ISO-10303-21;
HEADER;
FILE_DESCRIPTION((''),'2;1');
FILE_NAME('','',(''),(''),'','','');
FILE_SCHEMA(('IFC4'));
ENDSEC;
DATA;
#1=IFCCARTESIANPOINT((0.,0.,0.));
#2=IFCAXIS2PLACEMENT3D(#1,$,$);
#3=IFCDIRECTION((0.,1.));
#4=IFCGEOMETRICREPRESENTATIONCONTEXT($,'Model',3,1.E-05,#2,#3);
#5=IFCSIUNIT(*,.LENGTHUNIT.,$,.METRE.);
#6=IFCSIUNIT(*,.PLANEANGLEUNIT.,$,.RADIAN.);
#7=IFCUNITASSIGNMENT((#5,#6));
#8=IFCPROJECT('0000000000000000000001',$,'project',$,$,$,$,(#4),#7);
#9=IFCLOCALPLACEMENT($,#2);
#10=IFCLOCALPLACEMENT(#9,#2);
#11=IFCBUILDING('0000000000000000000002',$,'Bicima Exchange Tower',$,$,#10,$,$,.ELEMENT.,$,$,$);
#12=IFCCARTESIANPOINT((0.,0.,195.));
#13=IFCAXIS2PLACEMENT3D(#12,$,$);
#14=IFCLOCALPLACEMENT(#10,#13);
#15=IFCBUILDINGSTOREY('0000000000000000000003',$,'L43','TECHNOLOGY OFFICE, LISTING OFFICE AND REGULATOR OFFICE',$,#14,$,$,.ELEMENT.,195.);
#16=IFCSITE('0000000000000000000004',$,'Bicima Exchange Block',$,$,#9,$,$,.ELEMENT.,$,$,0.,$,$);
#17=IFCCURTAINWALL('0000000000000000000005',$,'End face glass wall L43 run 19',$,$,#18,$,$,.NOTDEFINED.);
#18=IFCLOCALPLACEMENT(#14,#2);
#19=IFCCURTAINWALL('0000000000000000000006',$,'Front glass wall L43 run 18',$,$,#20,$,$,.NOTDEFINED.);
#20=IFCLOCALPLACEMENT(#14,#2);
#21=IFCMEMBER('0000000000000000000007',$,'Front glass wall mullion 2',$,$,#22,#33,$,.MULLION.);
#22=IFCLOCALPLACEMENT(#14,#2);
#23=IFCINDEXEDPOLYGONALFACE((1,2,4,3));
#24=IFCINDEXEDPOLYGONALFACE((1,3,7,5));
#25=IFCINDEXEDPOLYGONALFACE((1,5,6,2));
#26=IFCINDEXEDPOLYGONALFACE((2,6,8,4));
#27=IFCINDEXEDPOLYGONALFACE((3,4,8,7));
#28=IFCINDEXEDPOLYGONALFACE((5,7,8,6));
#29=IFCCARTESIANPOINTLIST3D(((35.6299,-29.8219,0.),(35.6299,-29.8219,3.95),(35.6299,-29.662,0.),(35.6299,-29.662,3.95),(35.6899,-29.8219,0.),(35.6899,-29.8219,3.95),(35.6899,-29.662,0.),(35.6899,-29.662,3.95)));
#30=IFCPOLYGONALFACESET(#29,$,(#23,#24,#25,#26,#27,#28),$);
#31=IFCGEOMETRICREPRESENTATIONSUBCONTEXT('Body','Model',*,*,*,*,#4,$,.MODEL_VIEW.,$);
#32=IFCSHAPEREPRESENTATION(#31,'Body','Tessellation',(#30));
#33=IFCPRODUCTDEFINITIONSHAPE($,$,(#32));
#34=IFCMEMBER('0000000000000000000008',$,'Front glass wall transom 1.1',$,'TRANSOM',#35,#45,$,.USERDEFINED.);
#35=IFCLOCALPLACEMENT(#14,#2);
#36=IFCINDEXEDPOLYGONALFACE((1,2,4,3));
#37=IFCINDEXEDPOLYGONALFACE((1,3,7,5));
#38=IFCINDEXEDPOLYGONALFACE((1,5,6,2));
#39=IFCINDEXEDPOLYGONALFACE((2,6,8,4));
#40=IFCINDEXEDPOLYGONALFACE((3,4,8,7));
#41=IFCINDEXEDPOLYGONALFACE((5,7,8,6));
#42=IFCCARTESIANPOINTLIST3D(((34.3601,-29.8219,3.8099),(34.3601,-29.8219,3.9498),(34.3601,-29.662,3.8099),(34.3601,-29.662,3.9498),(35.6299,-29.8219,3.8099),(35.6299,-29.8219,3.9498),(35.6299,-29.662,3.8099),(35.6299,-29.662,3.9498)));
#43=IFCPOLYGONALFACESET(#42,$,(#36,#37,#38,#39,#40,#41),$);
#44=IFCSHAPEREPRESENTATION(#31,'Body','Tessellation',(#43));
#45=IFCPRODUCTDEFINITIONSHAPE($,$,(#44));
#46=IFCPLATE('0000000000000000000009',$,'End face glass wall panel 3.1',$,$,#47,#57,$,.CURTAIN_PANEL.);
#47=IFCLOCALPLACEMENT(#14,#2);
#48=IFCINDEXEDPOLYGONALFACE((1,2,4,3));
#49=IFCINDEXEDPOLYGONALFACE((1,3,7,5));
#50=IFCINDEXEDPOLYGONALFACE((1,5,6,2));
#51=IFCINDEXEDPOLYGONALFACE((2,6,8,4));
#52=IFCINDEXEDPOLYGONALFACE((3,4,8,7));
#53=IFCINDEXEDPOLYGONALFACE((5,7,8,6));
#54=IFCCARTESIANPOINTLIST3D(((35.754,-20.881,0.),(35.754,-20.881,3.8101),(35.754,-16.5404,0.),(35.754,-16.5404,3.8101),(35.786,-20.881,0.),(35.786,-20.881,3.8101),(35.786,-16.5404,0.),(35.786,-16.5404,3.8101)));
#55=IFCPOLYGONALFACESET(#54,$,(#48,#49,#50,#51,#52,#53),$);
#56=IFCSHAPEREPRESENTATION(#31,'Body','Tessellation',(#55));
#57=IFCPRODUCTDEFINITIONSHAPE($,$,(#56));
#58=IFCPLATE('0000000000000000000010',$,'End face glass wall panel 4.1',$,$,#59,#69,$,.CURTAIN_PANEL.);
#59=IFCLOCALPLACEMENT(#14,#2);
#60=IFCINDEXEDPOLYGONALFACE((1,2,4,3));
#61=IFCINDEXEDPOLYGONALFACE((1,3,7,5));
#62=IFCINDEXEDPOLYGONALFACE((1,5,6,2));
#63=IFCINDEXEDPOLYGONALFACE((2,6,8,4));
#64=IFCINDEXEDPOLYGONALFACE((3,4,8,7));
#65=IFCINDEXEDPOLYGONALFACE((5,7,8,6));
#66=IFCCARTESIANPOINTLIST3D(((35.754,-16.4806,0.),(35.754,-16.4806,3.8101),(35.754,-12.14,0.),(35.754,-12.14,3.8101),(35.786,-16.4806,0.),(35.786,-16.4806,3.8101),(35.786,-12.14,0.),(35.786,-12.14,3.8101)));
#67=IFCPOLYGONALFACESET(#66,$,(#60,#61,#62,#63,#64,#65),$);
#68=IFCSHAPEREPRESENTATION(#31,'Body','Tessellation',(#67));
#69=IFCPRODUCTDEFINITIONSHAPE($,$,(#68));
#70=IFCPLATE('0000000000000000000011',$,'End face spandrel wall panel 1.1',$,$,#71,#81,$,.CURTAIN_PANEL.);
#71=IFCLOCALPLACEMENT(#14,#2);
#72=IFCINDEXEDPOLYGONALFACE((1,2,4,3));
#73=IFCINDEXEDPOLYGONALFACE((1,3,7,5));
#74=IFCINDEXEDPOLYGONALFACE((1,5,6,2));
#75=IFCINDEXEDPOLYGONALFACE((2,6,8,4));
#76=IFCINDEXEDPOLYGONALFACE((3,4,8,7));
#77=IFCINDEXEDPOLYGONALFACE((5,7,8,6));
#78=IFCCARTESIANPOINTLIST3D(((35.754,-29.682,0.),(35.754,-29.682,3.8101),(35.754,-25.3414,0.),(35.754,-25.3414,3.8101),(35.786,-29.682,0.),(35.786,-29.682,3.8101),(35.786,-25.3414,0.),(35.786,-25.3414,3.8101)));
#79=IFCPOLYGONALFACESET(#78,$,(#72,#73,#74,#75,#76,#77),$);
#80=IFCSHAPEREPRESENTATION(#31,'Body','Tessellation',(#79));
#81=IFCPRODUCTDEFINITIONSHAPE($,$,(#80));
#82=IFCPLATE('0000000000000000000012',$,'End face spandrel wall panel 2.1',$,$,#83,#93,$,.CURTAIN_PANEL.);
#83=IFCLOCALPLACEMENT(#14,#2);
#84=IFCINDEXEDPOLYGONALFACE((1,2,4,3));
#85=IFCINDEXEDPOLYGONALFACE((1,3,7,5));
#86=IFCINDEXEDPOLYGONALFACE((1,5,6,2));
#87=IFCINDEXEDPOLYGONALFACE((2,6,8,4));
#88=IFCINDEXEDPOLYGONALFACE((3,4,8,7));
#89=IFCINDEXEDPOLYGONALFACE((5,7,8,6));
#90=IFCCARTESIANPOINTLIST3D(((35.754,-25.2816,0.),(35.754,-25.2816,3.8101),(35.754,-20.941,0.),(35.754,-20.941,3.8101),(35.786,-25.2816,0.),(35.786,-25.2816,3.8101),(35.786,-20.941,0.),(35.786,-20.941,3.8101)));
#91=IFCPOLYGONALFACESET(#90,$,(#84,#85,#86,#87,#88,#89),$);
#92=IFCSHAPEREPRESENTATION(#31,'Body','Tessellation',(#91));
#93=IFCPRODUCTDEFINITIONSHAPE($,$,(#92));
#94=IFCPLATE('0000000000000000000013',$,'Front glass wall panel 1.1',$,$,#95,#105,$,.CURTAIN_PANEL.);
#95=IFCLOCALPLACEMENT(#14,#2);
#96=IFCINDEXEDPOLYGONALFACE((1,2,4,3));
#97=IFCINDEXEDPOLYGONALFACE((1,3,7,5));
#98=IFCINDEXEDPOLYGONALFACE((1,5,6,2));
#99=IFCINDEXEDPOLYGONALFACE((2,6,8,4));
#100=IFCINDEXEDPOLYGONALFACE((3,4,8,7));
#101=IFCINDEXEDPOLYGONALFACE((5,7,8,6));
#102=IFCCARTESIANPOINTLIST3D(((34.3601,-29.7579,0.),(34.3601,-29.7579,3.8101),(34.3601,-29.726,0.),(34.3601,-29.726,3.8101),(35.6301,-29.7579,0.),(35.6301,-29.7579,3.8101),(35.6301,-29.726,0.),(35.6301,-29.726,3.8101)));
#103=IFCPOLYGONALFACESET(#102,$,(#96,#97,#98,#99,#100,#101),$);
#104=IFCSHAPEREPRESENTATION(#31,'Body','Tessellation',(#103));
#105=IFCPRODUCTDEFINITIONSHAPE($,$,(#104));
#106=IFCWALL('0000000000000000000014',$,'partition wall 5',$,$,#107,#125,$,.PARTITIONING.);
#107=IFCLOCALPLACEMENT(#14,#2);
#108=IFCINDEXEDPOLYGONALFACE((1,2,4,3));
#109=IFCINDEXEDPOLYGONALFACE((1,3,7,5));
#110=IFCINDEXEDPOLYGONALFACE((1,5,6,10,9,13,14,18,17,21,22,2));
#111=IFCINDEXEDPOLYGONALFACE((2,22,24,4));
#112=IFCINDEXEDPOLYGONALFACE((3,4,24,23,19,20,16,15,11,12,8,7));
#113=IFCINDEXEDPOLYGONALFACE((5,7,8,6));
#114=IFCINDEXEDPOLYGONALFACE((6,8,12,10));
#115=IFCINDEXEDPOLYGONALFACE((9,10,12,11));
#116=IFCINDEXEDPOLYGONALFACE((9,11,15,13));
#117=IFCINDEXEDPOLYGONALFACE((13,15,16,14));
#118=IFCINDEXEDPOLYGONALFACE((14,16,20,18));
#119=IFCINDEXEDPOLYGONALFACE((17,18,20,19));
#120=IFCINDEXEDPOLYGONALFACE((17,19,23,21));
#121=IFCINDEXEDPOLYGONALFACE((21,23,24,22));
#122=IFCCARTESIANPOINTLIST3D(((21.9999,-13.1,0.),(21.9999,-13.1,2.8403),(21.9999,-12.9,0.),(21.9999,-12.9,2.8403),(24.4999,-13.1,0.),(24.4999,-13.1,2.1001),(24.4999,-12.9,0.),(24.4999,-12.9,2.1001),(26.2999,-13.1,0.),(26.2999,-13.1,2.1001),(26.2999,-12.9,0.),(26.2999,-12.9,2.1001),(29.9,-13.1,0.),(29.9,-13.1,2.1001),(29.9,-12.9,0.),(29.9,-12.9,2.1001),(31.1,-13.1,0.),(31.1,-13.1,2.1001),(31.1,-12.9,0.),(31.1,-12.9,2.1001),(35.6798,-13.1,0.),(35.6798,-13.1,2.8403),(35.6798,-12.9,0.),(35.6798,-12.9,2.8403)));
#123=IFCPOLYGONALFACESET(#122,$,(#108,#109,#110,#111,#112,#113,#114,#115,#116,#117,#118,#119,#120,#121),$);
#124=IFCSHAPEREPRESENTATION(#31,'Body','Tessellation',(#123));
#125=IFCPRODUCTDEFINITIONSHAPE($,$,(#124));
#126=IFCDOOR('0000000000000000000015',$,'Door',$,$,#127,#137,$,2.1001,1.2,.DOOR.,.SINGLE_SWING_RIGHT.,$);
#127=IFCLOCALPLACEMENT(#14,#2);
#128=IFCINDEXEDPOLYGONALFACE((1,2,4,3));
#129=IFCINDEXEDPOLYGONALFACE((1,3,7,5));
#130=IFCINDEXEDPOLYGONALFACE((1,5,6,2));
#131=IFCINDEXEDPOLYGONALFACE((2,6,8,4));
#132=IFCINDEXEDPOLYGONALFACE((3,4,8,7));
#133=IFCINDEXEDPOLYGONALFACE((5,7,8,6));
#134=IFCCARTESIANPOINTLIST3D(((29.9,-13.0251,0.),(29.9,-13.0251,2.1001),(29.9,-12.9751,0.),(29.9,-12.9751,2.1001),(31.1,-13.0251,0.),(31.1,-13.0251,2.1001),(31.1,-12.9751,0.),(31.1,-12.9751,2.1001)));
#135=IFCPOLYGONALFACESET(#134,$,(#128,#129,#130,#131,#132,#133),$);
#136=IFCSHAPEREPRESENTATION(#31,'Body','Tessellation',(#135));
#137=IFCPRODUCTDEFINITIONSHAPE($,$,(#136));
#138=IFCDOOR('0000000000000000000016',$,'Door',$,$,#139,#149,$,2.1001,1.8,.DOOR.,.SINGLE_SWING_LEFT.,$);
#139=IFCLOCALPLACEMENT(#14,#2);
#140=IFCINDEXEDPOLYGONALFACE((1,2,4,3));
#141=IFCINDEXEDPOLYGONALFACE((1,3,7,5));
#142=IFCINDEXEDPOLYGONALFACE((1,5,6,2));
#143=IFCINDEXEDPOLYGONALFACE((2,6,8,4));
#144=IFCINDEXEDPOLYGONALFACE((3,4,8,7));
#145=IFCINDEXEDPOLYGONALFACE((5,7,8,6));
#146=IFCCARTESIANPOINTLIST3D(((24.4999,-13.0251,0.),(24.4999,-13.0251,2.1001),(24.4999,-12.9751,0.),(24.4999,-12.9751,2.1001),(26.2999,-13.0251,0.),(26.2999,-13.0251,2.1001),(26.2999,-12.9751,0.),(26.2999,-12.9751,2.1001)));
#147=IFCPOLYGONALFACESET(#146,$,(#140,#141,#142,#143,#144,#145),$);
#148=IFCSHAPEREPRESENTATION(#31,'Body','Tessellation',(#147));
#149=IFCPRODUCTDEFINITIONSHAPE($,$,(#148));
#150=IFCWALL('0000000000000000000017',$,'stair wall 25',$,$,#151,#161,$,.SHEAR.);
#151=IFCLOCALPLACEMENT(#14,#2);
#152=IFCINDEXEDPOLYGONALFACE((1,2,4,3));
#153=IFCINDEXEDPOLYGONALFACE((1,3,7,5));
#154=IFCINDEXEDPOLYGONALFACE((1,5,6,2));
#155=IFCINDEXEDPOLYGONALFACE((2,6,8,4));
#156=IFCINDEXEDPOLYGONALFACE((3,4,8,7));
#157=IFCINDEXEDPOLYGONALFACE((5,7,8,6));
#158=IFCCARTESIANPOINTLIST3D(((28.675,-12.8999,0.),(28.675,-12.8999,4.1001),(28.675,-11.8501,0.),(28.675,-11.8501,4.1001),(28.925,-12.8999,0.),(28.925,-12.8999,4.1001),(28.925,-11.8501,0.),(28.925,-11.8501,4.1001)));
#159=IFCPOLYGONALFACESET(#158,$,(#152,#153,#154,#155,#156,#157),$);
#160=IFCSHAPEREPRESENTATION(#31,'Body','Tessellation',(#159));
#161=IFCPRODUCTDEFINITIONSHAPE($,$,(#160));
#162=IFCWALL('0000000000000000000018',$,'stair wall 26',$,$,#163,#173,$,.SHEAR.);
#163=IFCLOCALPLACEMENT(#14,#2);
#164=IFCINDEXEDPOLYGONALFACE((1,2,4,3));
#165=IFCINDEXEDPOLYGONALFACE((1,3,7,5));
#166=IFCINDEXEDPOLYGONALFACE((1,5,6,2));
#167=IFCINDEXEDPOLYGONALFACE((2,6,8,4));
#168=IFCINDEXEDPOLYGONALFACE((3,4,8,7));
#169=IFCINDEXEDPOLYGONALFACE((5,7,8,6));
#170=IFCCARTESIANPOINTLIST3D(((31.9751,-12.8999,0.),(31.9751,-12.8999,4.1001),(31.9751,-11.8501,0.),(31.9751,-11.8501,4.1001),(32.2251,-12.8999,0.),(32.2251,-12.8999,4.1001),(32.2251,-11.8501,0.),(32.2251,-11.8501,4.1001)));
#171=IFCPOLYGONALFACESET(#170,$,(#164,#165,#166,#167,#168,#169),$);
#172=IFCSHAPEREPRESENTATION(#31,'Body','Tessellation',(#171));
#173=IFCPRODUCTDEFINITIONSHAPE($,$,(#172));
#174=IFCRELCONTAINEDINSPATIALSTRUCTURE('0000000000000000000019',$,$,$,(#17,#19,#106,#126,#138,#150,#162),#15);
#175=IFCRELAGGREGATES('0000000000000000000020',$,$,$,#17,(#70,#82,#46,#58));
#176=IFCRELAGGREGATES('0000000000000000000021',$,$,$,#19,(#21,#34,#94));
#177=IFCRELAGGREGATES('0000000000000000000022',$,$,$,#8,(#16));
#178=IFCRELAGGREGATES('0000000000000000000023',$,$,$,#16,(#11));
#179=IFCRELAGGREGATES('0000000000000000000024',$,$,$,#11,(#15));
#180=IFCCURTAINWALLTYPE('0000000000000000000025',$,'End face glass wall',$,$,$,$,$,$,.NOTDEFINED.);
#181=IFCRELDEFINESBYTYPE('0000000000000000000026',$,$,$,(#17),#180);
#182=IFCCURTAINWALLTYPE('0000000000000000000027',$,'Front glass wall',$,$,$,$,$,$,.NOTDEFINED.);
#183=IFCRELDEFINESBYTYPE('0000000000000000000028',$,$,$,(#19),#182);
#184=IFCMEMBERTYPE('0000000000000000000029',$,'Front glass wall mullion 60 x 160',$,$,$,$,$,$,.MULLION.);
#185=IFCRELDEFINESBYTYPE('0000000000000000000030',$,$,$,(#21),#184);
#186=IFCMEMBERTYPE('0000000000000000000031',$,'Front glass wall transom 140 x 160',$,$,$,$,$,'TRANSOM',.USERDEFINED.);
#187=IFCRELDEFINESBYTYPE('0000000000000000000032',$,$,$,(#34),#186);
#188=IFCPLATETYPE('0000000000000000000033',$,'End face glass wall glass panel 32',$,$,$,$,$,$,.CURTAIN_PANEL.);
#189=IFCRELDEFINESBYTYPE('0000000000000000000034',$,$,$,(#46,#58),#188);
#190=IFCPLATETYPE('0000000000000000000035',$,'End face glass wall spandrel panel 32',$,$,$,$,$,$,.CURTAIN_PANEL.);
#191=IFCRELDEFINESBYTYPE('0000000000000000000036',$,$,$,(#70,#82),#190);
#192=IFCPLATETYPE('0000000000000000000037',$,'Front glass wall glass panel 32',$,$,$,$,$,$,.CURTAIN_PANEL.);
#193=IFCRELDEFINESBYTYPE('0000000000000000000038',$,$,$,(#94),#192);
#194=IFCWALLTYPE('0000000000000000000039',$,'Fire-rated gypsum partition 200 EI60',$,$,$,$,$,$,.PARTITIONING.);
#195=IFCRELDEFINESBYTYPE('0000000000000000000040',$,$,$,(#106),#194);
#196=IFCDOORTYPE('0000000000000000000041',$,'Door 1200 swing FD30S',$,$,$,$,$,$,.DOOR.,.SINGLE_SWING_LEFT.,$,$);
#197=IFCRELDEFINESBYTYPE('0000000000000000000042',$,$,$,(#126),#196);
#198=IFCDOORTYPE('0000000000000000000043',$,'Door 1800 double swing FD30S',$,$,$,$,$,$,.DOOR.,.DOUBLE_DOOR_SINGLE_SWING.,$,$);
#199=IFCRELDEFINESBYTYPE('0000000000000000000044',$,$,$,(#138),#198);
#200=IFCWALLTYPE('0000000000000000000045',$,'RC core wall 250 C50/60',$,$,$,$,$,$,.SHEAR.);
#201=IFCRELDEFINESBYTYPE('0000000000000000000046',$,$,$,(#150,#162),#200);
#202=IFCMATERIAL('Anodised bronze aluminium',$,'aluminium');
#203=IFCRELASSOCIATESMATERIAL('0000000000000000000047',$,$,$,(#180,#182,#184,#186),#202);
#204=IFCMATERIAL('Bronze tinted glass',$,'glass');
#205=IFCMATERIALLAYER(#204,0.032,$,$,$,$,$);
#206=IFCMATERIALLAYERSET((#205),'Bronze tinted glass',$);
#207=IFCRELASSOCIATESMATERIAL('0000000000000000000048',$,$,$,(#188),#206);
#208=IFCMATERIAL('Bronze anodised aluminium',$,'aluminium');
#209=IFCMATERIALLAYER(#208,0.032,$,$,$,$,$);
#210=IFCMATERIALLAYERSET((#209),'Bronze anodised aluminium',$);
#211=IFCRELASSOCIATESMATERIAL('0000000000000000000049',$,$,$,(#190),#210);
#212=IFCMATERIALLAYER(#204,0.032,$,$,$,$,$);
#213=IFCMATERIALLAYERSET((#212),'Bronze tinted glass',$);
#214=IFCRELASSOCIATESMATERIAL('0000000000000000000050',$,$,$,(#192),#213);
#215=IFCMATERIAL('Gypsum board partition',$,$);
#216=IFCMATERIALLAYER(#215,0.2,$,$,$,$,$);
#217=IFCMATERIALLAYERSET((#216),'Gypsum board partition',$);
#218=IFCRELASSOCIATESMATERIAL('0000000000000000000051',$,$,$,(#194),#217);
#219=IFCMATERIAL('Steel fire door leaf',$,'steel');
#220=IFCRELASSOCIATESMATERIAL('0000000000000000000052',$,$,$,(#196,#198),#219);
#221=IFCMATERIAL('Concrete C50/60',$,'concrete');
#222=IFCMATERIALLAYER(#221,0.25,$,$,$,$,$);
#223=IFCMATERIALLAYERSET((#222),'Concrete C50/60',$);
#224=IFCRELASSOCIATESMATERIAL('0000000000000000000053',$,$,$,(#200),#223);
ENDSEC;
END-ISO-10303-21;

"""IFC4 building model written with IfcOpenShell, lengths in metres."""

from ifc_helpers import new_model, si_unit, direction, frame, frame_2d, origin, origin_2d, place, context, subcontext, project, spatial, rectangle, extrude, material, layer, layer_set, material_profile, profile_set, type_object, element, fill, aggregate, save


model = new_model("IFC4")

# Units and contexts
model_context = context("Model", 3, precision=1e-05, world=origin(), true_north=direction((0.0, 1.0)))
body_context = subcontext(model_context, "Body", "Model", "MODEL_VIEW")
ifc_project = project(units=[si_unit("LENGTHUNIT", "METRE"), si_unit("PLANEANGLEUNIT", "RADIAN")], contexts=[model_context])

# Site, building, storey
site_placement = place(None, origin())
site = spatial("IfcSite", under=ifc_project, at=site_placement, Name="Bicima Exchange Block", CompositionType="ELEMENT", RefElevation=0.0)
building_placement = place(site_placement, origin())
building = spatial("IfcBuilding", under=site, at=building_placement, Name="Bicima Exchange Tower", CompositionType="ELEMENT")
storey_placement = place(building_placement, frame((0.0, 0.0, 195.0)))
storey = spatial("IfcBuildingStorey", under=building, at=storey_placement, Name="L43", Description="TECHNOLOGY OFFICE, LISTING OFFICE AND REGULATOR OFFICE", CompositionType="ELEMENT", Elevation=195.0)

# Curtain wall
ifc_material_1 = material(Name="Anodised bronze aluminium", Category="aluminium")
curtain_wall_type_1 = type_object("IfcCurtainWallType", Name="End face glass wall", PredefinedType="NOTDEFINED", material=ifc_material_1)
curtain_wall_1_placement = place(storey_placement, origin())
curtain_wall_1 = element("IfcCurtainWall", 1, at=curtain_wall_1_placement, inside=storey, type_object=curtain_wall_type_1, Name="End face glass wall L43 run 19", PredefinedType="NOTDEFINED")
ifc_material_profile_1 = material_profile(ifc_material_1, rectangle(XDim=0.1599, YDim=0.0601, at=origin_2d()))
ifc_profile_set_1 = profile_set([ifc_material_profile_1], Name="Anodised bronze aluminium")
ifc_material_profile_2 = material_profile(ifc_material_1, rectangle(XDim=0.1599, YDim=0.1399, at=origin_2d()))
ifc_profile_set_2 = profile_set([ifc_material_profile_2], Name="Anodised bronze aluminium")

# Curtain wall, members
curtain_wall_type_2 = type_object("IfcCurtainWallType", Name="Front glass wall", PredefinedType="NOTDEFINED", material=ifc_material_1)
curtain_wall_2_placement = place(storey_placement, origin())
curtain_wall_2 = element("IfcCurtainWall", 2, at=curtain_wall_2_placement, inside=storey, type_object=curtain_wall_type_2, Name="Front glass wall L43 run 18", PredefinedType="NOTDEFINED")
member_type_1 = type_object("IfcMemberType", Name="Front glass wall mullion 60 x 160", PredefinedType="MULLION", material=ifc_profile_set_1)
member_1_placement = place(storey_placement, frame((35.6599, -29.7419, 0.0), z_axis=(0.0, 0.0, 1.0), x_axis=(0.0, 1.0, 0.0)))
member_1 = element("IfcMember", 3, at=member_1_placement, type_object=member_type_1, Name="Front glass wall mullion 2", PredefinedType="MULLION", context=body_context, shape_type="SweptSolid", body=[
    extrude(rectangle(XDim=0.1599, YDim=0.0601, at=origin_2d()), origin(), (0.0, 0.0, 1.0), 3.95),
])
member_type_2 = type_object("IfcMemberType", Name="Front glass wall transom 140 x 160", ElementType="TRANSOM", PredefinedType="USERDEFINED", material=ifc_profile_set_2)
member_2_placement = place(storey_placement, frame((34.3601, -29.7419, 3.8799), z_axis=(1.0, 0.0, 0.0), x_axis=(0.0, 1.0, 0.0)))
member_2 = element("IfcMember", 4, at=member_2_placement, type_object=member_type_2, Name="Front glass wall transom 1.1", ObjectType="TRANSOM", PredefinedType="USERDEFINED", context=body_context, shape_type="SweptSolid", body=[
    extrude(rectangle(XDim=0.1599, YDim=0.1399, at=origin_2d()), origin(), (0.0, 0.0, 1.0), 1.2698),
])

# Plates
ifc_material_2 = material(Name="Bronze tinted glass", Category="glass")
ifc_layer_1 = layer(ifc_material_2, 0.032)
ifc_layer_set_1 = layer_set([ifc_layer_1], Name="Bronze tinted glass")
plate_type_1 = type_object("IfcPlateType", Name="End face glass wall glass panel 32", PredefinedType="CURTAIN_PANEL", material=ifc_layer_set_1)
plate_1_placement = place(storey_placement, frame((35.77, -18.7107, 0.0), z_axis=(0.0, 0.0, 1.0), x_axis=(0.0, 1.0, 0.0)))
plate_1 = element("IfcPlate", 5, at=plate_1_placement, type_object=plate_type_1, Name="End face glass wall panel 3.1", PredefinedType="CURTAIN_PANEL", context=body_context, shape_type="SweptSolid", body=[
    extrude(rectangle(XDim=4.3406, YDim=0.032, at=origin_2d()), origin(), (0.0, 0.0, 1.0), 3.8101),
])
plate_2_placement = place(storey_placement, frame((35.77, -14.3103, 0.0), z_axis=(0.0, 0.0, 1.0), x_axis=(0.0, 1.0, 0.0)))
plate_2 = element("IfcPlate", 6, at=plate_2_placement, type_object=plate_type_1, Name="End face glass wall panel 4.1", PredefinedType="CURTAIN_PANEL", context=body_context, shape_type="SweptSolid", body=[
    extrude(rectangle(XDim=4.3406, YDim=0.032, at=origin_2d()), origin(), (0.0, 0.0, 1.0), 3.8101),
])
ifc_material_3 = material(Name="Bronze anodised aluminium", Category="aluminium")
ifc_layer_2 = layer(ifc_material_3, 0.032)
ifc_layer_set_2 = layer_set([ifc_layer_2], Name="Bronze anodised aluminium")
plate_type_2 = type_object("IfcPlateType", Name="End face glass wall spandrel panel 32", PredefinedType="CURTAIN_PANEL", material=ifc_layer_set_2)
plate_3_placement = place(storey_placement, frame((35.77, -27.5117, 0.0), z_axis=(0.0, 0.0, 1.0), x_axis=(0.0, 1.0, 0.0)))
plate_3 = element("IfcPlate", 7, at=plate_3_placement, type_object=plate_type_2, Name="End face spandrel wall panel 1.1", PredefinedType="CURTAIN_PANEL", context=body_context, shape_type="SweptSolid", body=[
    extrude(rectangle(XDim=4.3406, YDim=0.032, at=origin_2d()), origin(), (0.0, 0.0, 1.0), 3.8101),
])
plate_4_placement = place(storey_placement, frame((35.77, -23.1113, 0.0), z_axis=(0.0, 0.0, 1.0), x_axis=(0.0, 1.0, 0.0)))
plate_4 = element("IfcPlate", 8, at=plate_4_placement, type_object=plate_type_2, Name="End face spandrel wall panel 2.1", PredefinedType="CURTAIN_PANEL", context=body_context, shape_type="SweptSolid", body=[
    extrude(rectangle(XDim=4.3406, YDim=0.032, at=origin_2d()), origin(), (0.0, 0.0, 1.0), 3.8101),
])
aggregate(curtain_wall_1, [plate_3, plate_4, plate_1, plate_2])
ifc_layer_3 = layer(ifc_material_2, 0.032)
ifc_layer_set_3 = layer_set([ifc_layer_3], Name="Bronze tinted glass")
plate_type_3 = type_object("IfcPlateType", Name="Front glass wall glass panel 32", PredefinedType="CURTAIN_PANEL", material=ifc_layer_set_3)
plate_5_placement = place(storey_placement, frame((34.9951, -29.7419, 0.0), z_axis=(0.0, 0.0, 1.0), x_axis=(1.0, 0.0, 0.0)))
plate_5 = element("IfcPlate", 9, at=plate_5_placement, type_object=plate_type_3, Name="Front glass wall panel 1.1", PredefinedType="CURTAIN_PANEL", context=body_context, shape_type="SweptSolid", body=[
    extrude(rectangle(XDim=1.27, YDim=0.032, at=origin_2d()), origin(), (0.0, 0.0, 1.0), 3.8101),
])
aggregate(curtain_wall_2, [member_1, member_2, plate_5])

# Wall, openings, doors
ifc_material_4 = material(Name="Gypsum board partition")
ifc_layer_4 = layer(ifc_material_4, 0.2)
ifc_layer_set_4 = layer_set([ifc_layer_4], Name="Gypsum board partition")
wall_type_1 = type_object("IfcWallType", Name="Fire-rated gypsum partition 200 EI60", PredefinedType="PARTITIONING", material=ifc_layer_set_4)
wall_placement = place(storey_placement, frame((22.0, -13.0, 0.0), z_axis=(0.0, 0.0, 1.0), x_axis=(1.0, 0.0, 0.0)))
wall = element("IfcWall", 10, at=wall_placement, inside=storey, type_object=wall_type_1, Name="partition wall 5", PredefinedType="PARTITIONING", context=body_context, shape_type="SweptSolid", body=[
    extrude(rectangle(XDim=13.6799, YDim=0.2, at=frame_2d((6.8398, 0.0))), origin(), (0.0, 0.0, 1.0), 2.8403),
])
opening_1_placement = place(wall_placement, frame((7.8999, 0.0, 0.0)))
opening_1 = element("IfcOpeningElement", 11, at=opening_1_placement, cuts=wall, PredefinedType="OPENING", context=body_context, shape_type="SweptSolid", body=[
    extrude(rectangle(XDim=1.2, YDim=2.1001, at=frame_2d((0.6001, 1.05))), frame((0.0, 0.1118, 0.0), z_axis=(0.0, -1.0, 0.0), x_axis=(1.0, 0.0, 0.0)), (0.0, 0.0, 1.0), 0.2239),
])
opening_2_placement = place(wall_placement, frame((2.5, 0.0, 0.0)))
opening_2 = element("IfcOpeningElement", 12, at=opening_2_placement, cuts=wall, PredefinedType="OPENING", context=body_context, shape_type="SweptSolid", body=[
    extrude(rectangle(XDim=1.8, YDim=2.1001, at=frame_2d((0.8999, 1.05))), frame((0.0, 0.1118, 0.0), z_axis=(0.0, -1.0, 0.0), x_axis=(1.0, 0.0, 0.0)), (0.0, 0.0, 1.0), 0.2239),
])
ifc_material_5 = material(Name="Steel fire door leaf", Category="steel")
door_type_1 = type_object("IfcDoorType", Name="Door 1200 swing FD30S", OperationType="SINGLE_SWING_LEFT", PredefinedType="DOOR", material=ifc_material_5)
door_1_placement = place(opening_1_placement, origin())
door_1 = element("IfcDoor", 13, at=door_1_placement, inside=storey, type_object=door_type_1, Name="Door", OperationType="SINGLE_SWING_RIGHT", OverallHeight=2.1001, OverallWidth=1.2, PredefinedType="DOOR", context=body_context, shape_type="SweptSolid", body=[
    extrude(rectangle(XDim=1.2, YDim=2.1001, at=frame_2d((0.6001, 1.05))), frame((0.0, 0.0249, 0.0), z_axis=(0.0, -1.0, 0.0), x_axis=(1.0, 0.0, 0.0)), (0.0, 0.0, 1.0), 0.05),
])
fill(opening_1, door_1)
door_type_2 = type_object("IfcDoorType", Name="Door 1800 double swing FD30S", OperationType="DOUBLE_DOOR_SINGLE_SWING", PredefinedType="DOOR", material=ifc_material_5)
door_2_placement = place(opening_2_placement, origin())
door_2 = element("IfcDoor", 14, at=door_2_placement, inside=storey, type_object=door_type_2, Name="Door", OperationType="SINGLE_SWING_LEFT", OverallHeight=2.1001, OverallWidth=1.8, PredefinedType="DOOR", context=body_context, shape_type="SweptSolid", body=[
    extrude(rectangle(XDim=1.8, YDim=2.1001, at=frame_2d((0.8999, 1.05))), frame((0.0, 0.0249, 0.0), z_axis=(0.0, -1.0, 0.0), x_axis=(1.0, 0.0, 0.0)), (0.0, 0.0, 1.0), 0.05),
])
fill(opening_2, door_2)

# Walls
ifc_material_6 = material(Name="Concrete C50/60", Category="concrete")
ifc_layer_5 = layer(ifc_material_6, 0.25)
ifc_layer_set_5 = layer_set([ifc_layer_5], Name="Concrete C50/60")
wall_type_2 = type_object("IfcWallType", Name="RC core wall 250 C50/60", PredefinedType="SHEAR", material=ifc_layer_set_5)
for number, where, z_axis, x_axis, name in (
    (15, (28.8, -12.8999, 0.0), (0.0, 0.0, 1.0), (0.0, 1.0, 0.0), "stair wall 25"),
    (16, (32.1001, -12.8999, 0.0), (0.0, 0.0, 1.0), (0.0, 1.0, 0.0), "stair wall 26"),
):
    element("IfcWall", number, at=place(storey_placement, frame(where, z_axis=z_axis, x_axis=x_axis)), inside=storey, type_object=wall_type_2, Name=name, PredefinedType="SHEAR", context=body_context, shape_type="SweptSolid", body=[
        extrude(rectangle(XDim=1.0498, YDim=0.25, at=frame_2d((0.5249, 0.0))), origin(), (0.0, 0.0, 1.0), 4.1001),
    ])

save(model, "model.ifc")
